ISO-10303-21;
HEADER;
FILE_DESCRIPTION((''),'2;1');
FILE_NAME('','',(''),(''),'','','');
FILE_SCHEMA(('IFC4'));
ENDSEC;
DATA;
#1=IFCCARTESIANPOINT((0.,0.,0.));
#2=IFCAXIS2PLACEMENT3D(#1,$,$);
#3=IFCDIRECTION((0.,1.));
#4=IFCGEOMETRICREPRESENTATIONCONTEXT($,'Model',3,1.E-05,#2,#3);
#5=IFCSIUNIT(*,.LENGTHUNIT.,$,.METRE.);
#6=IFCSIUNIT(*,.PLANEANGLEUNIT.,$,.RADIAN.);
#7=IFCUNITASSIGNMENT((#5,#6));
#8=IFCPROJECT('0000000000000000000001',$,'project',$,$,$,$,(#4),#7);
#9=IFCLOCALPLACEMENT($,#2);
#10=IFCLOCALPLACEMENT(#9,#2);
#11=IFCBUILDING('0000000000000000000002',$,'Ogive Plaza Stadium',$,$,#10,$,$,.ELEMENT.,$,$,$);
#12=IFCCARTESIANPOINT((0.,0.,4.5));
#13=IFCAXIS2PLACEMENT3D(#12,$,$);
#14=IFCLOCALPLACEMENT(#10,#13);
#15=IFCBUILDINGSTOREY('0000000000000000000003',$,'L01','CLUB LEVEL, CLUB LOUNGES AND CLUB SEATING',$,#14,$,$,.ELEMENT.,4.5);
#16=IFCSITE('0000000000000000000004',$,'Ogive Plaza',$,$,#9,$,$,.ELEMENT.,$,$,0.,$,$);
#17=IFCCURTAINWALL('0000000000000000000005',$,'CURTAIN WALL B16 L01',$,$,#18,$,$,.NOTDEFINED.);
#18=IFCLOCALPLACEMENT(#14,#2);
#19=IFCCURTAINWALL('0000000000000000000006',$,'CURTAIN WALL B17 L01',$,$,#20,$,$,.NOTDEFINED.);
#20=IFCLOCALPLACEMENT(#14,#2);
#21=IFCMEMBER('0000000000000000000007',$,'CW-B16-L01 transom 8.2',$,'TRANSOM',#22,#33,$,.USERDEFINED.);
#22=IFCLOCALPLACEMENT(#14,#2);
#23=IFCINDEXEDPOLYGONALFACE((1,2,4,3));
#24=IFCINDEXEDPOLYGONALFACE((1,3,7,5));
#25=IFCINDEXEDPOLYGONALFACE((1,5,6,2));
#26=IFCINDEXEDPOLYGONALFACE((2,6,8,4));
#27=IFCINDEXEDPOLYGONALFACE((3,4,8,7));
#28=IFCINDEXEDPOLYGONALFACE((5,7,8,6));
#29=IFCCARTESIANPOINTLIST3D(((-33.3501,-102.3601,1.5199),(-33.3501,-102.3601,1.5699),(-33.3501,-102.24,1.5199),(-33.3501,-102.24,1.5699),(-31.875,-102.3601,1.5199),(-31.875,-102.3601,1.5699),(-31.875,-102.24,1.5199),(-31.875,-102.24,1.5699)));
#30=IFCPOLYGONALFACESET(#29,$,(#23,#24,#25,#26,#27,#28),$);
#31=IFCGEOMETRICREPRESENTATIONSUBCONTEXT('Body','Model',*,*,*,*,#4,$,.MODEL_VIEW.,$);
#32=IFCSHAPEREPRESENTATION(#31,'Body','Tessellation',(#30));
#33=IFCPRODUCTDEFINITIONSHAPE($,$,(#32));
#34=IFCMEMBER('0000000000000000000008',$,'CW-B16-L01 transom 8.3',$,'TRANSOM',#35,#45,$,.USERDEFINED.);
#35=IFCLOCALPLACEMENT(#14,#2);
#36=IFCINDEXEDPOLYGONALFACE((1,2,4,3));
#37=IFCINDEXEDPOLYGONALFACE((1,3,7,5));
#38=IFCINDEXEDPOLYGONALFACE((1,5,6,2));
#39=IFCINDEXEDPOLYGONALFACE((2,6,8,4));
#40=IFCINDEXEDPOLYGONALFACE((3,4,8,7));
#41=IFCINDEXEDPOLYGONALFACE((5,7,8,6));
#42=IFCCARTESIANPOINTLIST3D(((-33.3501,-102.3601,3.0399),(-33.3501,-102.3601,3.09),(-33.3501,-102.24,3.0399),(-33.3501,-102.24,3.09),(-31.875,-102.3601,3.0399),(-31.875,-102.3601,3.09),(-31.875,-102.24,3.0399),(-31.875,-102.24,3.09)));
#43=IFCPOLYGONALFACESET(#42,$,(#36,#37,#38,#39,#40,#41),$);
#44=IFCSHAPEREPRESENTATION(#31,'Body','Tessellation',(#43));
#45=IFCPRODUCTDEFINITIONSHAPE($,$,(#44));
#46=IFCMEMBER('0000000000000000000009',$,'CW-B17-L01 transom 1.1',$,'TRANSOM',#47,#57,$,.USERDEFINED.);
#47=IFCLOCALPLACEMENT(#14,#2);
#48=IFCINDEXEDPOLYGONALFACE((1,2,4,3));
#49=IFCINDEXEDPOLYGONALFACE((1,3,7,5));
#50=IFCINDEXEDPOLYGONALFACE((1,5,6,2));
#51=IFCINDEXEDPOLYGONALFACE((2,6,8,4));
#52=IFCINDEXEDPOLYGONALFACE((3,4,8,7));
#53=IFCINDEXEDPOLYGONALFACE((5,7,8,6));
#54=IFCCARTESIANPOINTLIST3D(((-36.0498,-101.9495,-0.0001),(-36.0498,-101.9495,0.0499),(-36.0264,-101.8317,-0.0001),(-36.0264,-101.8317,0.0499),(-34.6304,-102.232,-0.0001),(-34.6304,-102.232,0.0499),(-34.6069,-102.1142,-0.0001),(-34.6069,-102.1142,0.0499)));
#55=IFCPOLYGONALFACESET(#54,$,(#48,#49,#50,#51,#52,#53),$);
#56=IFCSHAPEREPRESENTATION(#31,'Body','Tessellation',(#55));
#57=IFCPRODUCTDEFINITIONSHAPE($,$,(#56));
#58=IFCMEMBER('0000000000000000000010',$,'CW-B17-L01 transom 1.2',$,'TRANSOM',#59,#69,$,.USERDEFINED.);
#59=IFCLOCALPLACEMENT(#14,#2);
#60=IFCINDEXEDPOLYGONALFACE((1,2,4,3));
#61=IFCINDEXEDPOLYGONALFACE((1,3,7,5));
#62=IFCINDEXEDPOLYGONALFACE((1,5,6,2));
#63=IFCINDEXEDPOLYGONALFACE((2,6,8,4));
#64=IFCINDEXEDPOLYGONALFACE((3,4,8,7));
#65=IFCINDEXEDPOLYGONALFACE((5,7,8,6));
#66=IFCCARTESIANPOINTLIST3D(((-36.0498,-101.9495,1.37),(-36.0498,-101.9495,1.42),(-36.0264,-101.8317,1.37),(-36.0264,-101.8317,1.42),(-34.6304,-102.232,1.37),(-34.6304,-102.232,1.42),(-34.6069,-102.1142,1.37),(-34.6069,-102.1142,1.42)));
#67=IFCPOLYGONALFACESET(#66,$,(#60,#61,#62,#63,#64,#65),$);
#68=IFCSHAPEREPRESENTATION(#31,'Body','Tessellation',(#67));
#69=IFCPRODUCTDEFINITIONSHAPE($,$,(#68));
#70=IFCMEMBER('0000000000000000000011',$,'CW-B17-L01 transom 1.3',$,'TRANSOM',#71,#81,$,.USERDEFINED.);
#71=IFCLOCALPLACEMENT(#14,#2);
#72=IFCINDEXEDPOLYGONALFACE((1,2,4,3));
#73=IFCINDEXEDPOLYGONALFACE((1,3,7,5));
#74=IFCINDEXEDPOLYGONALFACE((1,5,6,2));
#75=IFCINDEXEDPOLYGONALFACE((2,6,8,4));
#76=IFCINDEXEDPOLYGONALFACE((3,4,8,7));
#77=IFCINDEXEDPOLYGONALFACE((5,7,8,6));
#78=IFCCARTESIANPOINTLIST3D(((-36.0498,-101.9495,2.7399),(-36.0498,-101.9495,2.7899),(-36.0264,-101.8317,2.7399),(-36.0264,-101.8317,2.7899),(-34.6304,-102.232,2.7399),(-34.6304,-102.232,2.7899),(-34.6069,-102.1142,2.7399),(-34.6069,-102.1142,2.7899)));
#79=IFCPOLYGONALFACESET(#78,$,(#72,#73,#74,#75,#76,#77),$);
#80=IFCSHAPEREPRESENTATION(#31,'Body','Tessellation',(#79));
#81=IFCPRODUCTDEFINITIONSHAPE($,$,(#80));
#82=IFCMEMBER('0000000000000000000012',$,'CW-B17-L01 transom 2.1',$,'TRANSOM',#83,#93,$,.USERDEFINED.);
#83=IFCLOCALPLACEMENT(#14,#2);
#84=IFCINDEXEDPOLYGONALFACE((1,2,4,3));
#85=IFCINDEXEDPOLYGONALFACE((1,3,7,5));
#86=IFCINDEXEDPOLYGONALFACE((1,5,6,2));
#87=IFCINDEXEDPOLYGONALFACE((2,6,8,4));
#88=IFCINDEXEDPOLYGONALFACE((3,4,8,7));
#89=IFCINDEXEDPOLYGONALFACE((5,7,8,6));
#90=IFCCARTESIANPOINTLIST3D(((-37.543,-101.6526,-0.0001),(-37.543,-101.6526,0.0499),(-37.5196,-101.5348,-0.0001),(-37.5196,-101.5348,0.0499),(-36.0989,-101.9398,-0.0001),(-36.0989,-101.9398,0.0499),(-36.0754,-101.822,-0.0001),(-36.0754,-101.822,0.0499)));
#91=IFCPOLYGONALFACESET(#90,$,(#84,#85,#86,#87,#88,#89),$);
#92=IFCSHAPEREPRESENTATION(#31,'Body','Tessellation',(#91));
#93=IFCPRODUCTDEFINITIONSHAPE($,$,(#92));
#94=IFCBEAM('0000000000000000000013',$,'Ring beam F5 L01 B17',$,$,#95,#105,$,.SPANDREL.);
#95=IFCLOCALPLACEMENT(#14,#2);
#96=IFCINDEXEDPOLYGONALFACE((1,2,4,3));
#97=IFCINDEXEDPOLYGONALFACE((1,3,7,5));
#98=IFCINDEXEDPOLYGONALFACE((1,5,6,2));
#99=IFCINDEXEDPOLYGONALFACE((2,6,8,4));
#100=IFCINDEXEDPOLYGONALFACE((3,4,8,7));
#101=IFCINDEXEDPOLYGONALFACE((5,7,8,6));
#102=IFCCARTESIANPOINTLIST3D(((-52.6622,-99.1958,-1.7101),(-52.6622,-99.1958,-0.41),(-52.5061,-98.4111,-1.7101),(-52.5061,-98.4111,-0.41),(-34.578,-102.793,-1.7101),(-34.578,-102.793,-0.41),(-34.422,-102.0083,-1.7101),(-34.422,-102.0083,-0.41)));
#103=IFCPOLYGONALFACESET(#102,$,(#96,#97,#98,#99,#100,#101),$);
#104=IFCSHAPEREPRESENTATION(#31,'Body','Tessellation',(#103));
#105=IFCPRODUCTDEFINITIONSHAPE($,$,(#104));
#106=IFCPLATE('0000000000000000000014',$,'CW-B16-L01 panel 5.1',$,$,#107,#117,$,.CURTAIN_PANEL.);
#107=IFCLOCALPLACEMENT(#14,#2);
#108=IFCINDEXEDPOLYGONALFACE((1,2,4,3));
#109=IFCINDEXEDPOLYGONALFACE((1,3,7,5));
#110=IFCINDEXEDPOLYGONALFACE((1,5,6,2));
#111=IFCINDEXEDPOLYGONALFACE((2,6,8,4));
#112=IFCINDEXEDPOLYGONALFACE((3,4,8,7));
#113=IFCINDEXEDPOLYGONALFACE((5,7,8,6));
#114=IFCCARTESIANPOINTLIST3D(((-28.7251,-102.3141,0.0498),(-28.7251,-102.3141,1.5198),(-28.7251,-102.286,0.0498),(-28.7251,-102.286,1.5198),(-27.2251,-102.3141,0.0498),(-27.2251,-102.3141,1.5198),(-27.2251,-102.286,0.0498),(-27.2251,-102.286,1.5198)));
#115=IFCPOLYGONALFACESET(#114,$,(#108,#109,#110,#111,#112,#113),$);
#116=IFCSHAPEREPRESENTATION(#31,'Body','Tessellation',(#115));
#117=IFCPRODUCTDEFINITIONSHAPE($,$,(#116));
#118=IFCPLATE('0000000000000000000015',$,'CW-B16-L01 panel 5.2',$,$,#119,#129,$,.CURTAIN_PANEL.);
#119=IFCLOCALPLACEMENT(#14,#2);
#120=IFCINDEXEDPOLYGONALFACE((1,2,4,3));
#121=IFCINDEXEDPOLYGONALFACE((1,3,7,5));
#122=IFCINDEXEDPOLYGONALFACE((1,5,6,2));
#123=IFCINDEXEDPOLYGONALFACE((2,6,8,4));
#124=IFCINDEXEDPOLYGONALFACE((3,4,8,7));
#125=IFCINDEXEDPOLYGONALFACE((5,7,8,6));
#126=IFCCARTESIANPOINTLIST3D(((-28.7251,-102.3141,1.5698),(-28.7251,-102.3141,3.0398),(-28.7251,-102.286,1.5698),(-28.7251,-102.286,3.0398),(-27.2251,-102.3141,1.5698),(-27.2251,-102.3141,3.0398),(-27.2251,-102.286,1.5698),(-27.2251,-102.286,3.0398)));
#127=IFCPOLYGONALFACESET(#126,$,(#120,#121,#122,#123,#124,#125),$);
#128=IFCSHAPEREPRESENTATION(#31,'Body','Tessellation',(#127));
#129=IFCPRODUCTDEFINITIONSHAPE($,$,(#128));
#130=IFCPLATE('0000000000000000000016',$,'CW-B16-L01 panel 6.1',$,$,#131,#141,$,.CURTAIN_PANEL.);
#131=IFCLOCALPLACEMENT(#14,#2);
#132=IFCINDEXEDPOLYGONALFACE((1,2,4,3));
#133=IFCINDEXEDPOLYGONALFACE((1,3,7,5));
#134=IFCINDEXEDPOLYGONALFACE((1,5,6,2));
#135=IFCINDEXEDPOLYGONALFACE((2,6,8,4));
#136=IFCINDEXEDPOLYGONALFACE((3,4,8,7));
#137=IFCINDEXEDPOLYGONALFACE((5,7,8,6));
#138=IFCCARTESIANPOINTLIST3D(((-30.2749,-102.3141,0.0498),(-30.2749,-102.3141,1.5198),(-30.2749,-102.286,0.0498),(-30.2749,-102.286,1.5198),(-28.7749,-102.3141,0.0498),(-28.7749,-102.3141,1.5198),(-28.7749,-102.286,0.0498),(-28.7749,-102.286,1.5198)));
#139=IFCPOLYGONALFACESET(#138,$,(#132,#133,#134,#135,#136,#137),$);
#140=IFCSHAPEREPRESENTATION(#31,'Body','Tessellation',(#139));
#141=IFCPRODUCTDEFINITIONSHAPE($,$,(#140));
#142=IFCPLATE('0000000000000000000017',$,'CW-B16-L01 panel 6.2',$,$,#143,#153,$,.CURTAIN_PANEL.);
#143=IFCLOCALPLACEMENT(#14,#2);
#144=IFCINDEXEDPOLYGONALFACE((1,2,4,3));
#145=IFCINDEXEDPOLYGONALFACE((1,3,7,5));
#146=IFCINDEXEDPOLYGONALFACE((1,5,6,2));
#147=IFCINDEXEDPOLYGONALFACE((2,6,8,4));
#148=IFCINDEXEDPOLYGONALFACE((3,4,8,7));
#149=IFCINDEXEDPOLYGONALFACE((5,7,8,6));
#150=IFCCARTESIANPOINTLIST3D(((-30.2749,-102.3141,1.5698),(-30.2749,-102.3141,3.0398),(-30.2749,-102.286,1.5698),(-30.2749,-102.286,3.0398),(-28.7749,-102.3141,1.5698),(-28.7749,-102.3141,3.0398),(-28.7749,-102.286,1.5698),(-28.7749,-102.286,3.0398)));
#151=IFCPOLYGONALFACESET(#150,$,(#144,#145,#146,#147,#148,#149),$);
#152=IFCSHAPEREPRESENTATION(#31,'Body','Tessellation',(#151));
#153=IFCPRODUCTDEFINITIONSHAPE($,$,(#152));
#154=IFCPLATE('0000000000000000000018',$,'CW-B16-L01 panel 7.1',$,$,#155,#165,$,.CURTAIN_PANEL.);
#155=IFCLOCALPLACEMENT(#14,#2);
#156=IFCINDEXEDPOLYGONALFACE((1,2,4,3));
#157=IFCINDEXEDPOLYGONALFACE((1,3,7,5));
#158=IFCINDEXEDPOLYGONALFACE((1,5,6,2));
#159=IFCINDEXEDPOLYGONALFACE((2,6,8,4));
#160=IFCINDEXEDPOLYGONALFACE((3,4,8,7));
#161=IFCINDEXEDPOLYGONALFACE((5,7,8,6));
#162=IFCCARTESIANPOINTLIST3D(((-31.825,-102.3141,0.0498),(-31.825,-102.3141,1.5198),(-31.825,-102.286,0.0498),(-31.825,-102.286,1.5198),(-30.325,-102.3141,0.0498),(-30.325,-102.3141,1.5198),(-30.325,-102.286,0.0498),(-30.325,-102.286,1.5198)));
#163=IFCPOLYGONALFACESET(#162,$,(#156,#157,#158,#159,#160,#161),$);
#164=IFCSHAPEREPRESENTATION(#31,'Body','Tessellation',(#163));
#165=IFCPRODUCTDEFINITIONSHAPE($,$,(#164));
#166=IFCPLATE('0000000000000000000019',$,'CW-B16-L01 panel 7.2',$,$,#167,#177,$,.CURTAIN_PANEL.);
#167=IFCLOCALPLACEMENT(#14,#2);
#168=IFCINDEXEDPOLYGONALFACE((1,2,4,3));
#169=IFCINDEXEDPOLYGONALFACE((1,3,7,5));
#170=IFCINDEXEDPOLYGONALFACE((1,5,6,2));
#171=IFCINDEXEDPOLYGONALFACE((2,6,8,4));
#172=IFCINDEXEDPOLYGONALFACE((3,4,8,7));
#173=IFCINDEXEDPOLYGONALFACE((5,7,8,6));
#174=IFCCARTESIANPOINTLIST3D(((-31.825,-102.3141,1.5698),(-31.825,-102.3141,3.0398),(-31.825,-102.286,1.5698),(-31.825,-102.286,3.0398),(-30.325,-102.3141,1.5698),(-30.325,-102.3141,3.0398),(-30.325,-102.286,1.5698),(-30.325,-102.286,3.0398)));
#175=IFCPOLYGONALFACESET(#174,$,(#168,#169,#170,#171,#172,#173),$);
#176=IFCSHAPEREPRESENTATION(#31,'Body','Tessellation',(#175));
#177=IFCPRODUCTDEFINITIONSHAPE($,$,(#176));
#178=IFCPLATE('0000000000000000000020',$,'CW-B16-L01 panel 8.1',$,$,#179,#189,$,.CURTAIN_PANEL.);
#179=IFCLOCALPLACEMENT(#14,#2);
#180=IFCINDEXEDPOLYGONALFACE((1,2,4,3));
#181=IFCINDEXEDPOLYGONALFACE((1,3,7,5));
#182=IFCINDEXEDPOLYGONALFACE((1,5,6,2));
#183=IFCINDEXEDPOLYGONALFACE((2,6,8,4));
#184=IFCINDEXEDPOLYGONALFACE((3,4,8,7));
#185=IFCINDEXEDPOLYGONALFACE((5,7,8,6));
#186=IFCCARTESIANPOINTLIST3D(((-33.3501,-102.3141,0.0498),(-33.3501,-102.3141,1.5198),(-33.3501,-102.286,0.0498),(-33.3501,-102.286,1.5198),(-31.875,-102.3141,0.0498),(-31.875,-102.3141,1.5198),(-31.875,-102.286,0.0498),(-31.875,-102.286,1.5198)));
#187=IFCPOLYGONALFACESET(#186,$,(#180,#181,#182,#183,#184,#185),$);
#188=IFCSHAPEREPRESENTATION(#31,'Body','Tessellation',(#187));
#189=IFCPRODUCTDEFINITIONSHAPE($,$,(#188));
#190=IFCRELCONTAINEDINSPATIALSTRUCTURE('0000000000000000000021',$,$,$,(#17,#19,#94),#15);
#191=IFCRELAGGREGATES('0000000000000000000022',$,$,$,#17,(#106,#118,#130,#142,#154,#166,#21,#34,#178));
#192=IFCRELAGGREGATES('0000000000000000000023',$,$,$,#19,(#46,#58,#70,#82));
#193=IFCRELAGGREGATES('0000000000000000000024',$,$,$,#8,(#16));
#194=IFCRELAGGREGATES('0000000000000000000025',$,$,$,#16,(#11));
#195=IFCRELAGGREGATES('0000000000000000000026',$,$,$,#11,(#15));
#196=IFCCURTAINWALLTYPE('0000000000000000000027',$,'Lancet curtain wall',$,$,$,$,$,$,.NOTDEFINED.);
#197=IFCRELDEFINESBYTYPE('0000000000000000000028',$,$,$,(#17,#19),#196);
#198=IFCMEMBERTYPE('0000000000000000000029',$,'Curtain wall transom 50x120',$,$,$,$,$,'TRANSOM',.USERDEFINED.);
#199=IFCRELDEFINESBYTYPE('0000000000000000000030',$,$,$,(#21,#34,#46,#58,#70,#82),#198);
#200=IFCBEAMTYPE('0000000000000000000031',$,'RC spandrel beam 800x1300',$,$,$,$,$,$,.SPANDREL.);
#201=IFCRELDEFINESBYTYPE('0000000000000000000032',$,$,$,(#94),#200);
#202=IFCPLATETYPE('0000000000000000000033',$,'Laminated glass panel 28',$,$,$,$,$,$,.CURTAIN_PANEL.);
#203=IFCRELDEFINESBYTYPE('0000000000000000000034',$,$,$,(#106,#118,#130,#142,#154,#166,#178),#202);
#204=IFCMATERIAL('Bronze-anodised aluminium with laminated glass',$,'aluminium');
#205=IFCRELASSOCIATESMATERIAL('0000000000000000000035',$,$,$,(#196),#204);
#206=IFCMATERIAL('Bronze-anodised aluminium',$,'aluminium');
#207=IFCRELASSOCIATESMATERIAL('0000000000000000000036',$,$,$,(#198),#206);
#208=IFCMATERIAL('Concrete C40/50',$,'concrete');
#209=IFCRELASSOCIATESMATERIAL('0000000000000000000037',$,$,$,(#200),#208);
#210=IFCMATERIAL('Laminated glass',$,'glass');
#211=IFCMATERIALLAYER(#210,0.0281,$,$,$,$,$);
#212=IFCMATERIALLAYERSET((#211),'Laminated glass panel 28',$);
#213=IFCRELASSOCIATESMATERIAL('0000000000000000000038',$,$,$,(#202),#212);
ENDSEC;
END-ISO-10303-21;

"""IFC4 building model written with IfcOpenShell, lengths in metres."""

from ifc_helpers import new_model, si_unit, direction, frame, origin, origin_2d, place, context, subcontext, project, spatial, rectangle, extrude, material, layer, layer_set, material_profile, profile_set, type_object, element, aggregate, save


model = new_model("IFC4")

# Units and contexts
model_context = context("Model", 3, precision=1e-05, world=origin(), true_north=direction((0.0, 1.0)))
body_context = subcontext(model_context, "Body", "Model", "MODEL_VIEW")
ifc_project = project(units=[si_unit("LENGTHUNIT", "METRE"), si_unit("PLANEANGLEUNIT", "RADIAN")], contexts=[model_context])

# Site, building, storey
site_placement = place(None, origin())
site = spatial("IfcSite", under=ifc_project, at=site_placement, Name="Ogive Plaza", CompositionType="ELEMENT", RefElevation=0.0)
building_placement = place(site_placement, origin())
building = spatial("IfcBuilding", under=site, at=building_placement, Name="Ogive Plaza Stadium", CompositionType="ELEMENT")
storey_placement = place(building_placement, frame((0.0, 0.0, 4.5)))
storey = spatial("IfcBuildingStorey", under=building, at=storey_placement, Name="L01", Description="CLUB LEVEL, CLUB LOUNGES AND CLUB SEATING", CompositionType="ELEMENT", Elevation=4.5)

# Curtain walls
ifc_material_1 = material(Name="Bronze-anodised aluminium with laminated glass", Category="aluminium")
curtain_wall_type = type_object("IfcCurtainWallType", Name="Lancet curtain wall", PredefinedType="NOTDEFINED", material=ifc_material_1)
curtain_wall_1_placement = place(storey_placement, origin())
curtain_wall_1 = element("IfcCurtainWall", 1, at=curtain_wall_1_placement, inside=storey, type_object=curtain_wall_type, Name="CURTAIN WALL B16 L01", PredefinedType="NOTDEFINED")
curtain_wall_2_placement = place(storey_placement, origin())
curtain_wall_2 = element("IfcCurtainWall", 2, at=curtain_wall_2_placement, inside=storey, type_object=curtain_wall_type, Name="CURTAIN WALL B17 L01", PredefinedType="NOTDEFINED")

# Members
ifc_material_2 = material(Name="Bronze-anodised aluminium", Category="aluminium")
ifc_material_profile_1 = material_profile(ifc_material_2, rectangle(XDim=0.1201, YDim=0.05, at=origin_2d()), Name="AL 120x50")
ifc_profile_set_1 = profile_set([ifc_material_profile_1], Name="Bronze-anodised aluminium")
member_type_1 = type_object("IfcMemberType", Name="Curtain wall transom 50x120", ElementType="TRANSOM", PredefinedType="USERDEFINED", material=ifc_profile_set_1)
member_1_placement = place(storey_placement, frame((-31.875, -102.3, 1.5449), z_axis=(-1.0, 0.0, 0.0), x_axis=(0.0, -1.0, 0.0)))
member_1 = element("IfcMember", 3, at=member_1_placement, type_object=member_type_1, Name="CW-B16-L01 transom 8.2", ObjectType="TRANSOM", PredefinedType="USERDEFINED", context=body_context, shape_type="SweptSolid", body=[
    extrude(rectangle(XDim=0.1201, YDim=0.05, at=origin_2d()), origin(), (0.0, 0.0, 1.0), 1.4751),
])
member_2_placement = place(storey_placement, frame((-31.875, -102.3, 3.0649), z_axis=(-1.0, 0.0, 0.0), x_axis=(0.0, -1.0, 0.0)))
member_2 = element("IfcMember", 4, at=member_2_placement, type_object=member_type_1, Name="CW-B16-L01 transom 8.3", ObjectType="TRANSOM", PredefinedType="USERDEFINED", context=body_context, shape_type="SweptSolid", body=[
    extrude(rectangle(XDim=0.1201, YDim=0.05, at=origin_2d()), origin(), (0.0, 0.0, 1.0), 1.4751),
])
member_3_placement = place(storey_placement, frame((-34.6187, -102.1731, 0.0249), z_axis=(-0.980768, 0.195175, 0.0), x_axis=(-0.195175, -0.980768, 0.0)))
member_3 = element("IfcMember", 5, at=member_3_placement, type_object=member_type_1, Name="CW-B17-L01 transom 1.1", ObjectType="TRANSOM", PredefinedType="USERDEFINED", context=body_context, shape_type="SweptSolid", body=[
    extrude(rectangle(XDim=0.1201, YDim=0.05, at=origin_2d()), origin(), (0.0, 0.0, 1.0), 1.4473),
])
member_4_placement = place(storey_placement, frame((-34.6187, -102.1731, 1.395), z_axis=(-0.980768, 0.195175, 0.0), x_axis=(-0.195175, -0.980768, 0.0)))
member_4 = element("IfcMember", 6, at=member_4_placement, type_object=member_type_1, Name="CW-B17-L01 transom 1.2", ObjectType="TRANSOM", PredefinedType="USERDEFINED", context=body_context, shape_type="SweptSolid", body=[
    extrude(rectangle(XDim=0.1201, YDim=0.05, at=origin_2d()), origin(), (0.0, 0.0, 1.0), 1.4473),
])
member_5_placement = place(storey_placement, frame((-34.6187, -102.1731, 2.7649), z_axis=(-0.980768, 0.195175, 0.0), x_axis=(-0.195175, -0.980768, 0.0)))
member_5 = element("IfcMember", 7, at=member_5_placement, type_object=member_type_1, Name="CW-B17-L01 transom 1.3", ObjectType="TRANSOM", PredefinedType="USERDEFINED", context=body_context, shape_type="SweptSolid", body=[
    extrude(rectangle(XDim=0.1201, YDim=0.05, at=origin_2d()), origin(), (0.0, 0.0, 1.0), 1.4473),
])
member_6_placement = place(storey_placement, frame((-36.0872, -101.8809, 0.0249), z_axis=(-0.980803, 0.195, 0.0), x_axis=(-0.195, -0.980803, 0.0)))
member_6 = element("IfcMember", 8, at=member_6_placement, type_object=member_type_1, Name="CW-B17-L01 transom 2.1", ObjectType="TRANSOM", PredefinedType="USERDEFINED", context=body_context, shape_type="SweptSolid", body=[
    extrude(rectangle(XDim=0.1201, YDim=0.05, at=origin_2d()), origin(), (0.0, 0.0, 1.0), 1.4724),
])

# Beam
ifc_material_3 = material(Name="Concrete C40/50", Category="concrete")
ifc_material_profile_2 = material_profile(ifc_material_3, rectangle(XDim=0.8, YDim=1.3, at=origin_2d()), Name="RC 800x1300")
ifc_profile_set_2 = profile_set([ifc_material_profile_2], Name="Concrete C40/50")
beam_type = type_object("IfcBeamType", Name="RC spandrel beam 800x1300", PredefinedType="SPANDREL", material=ifc_profile_set_2)
beam_placement = place(storey_placement, frame((-34.5, -102.4006, -1.0601), z_axis=(-0.980785, 0.19509, 0.0), x_axis=(-0.19509, -0.980785, 0.0)))
element("IfcBeam", 9, at=beam_placement, inside=storey, type_object=beam_type, Name="Ring beam F5 L01 B17", PredefinedType="SPANDREL", context=body_context, shape_type="SweptSolid", body=[
    extrude(rectangle(XDim=0.8, YDim=1.3, at=origin_2d()), origin(), (0.0, 0.0, 1.0), 18.4385),
])

# Plates
ifc_material_4 = material(Name="Laminated glass", Category="glass")
ifc_layer = layer(ifc_material_4, 0.0281)
ifc_layer_set = layer_set([ifc_layer], Name="Laminated glass panel 28")
plate_type = type_object("IfcPlateType", Name="Laminated glass panel 28", PredefinedType="CURTAIN_PANEL", material=ifc_layer_set)
plate_1_placement = place(storey_placement, frame((-27.9751, -102.3, 0.0498), z_axis=(0.0, 0.0, 1.0), x_axis=(-1.0, 0.0, 0.0)))
plate_1 = element("IfcPlate", 10, at=plate_1_placement, type_object=plate_type, Name="CW-B16-L01 panel 5.1", PredefinedType="CURTAIN_PANEL", context=body_context, shape_type="SweptSolid", body=[
    extrude(rectangle(XDim=1.5, YDim=0.0281, at=origin_2d()), origin(), (0.0, 0.0, 1.0), 1.47),
])
plate_2_placement = place(storey_placement, frame((-27.9751, -102.3, 1.5698), z_axis=(0.0, 0.0, 1.0), x_axis=(-1.0, 0.0, 0.0)))
plate_2 = element("IfcPlate", 11, at=plate_2_placement, type_object=plate_type, Name="CW-B16-L01 panel 5.2", PredefinedType="CURTAIN_PANEL", context=body_context, shape_type="SweptSolid", body=[
    extrude(rectangle(XDim=1.5, YDim=0.0281, at=origin_2d()), origin(), (0.0, 0.0, 1.0), 1.47),
])
plate_3_placement = place(storey_placement, frame((-29.5249, -102.3, 0.0498), z_axis=(0.0, 0.0, 1.0), x_axis=(-1.0, 0.0, 0.0)))
plate_3 = element("IfcPlate", 12, at=plate_3_placement, type_object=plate_type, Name="CW-B16-L01 panel 6.1", PredefinedType="CURTAIN_PANEL", context=body_context, shape_type="SweptSolid", body=[
    extrude(rectangle(XDim=1.5, YDim=0.0281, at=origin_2d()), origin(), (0.0, 0.0, 1.0), 1.47),
])
plate_4_placement = place(storey_placement, frame((-29.5249, -102.3, 1.5698), z_axis=(0.0, 0.0, 1.0), x_axis=(-1.0, 0.0, 0.0)))
plate_4 = element("IfcPlate", 13, at=plate_4_placement, type_object=plate_type, Name="CW-B16-L01 panel 6.2", PredefinedType="CURTAIN_PANEL", context=body_context, shape_type="SweptSolid", body=[
    extrude(rectangle(XDim=1.5, YDim=0.0281, at=origin_2d()), origin(), (0.0, 0.0, 1.0), 1.47),
])
plate_5_placement = place(storey_placement, frame((-31.075, -102.3, 0.0498), z_axis=(0.0, 0.0, 1.0), x_axis=(-1.0, 0.0, 0.0)))
plate_5 = element("IfcPlate", 14, at=plate_5_placement, type_object=plate_type, Name="CW-B16-L01 panel 7.1", PredefinedType="CURTAIN_PANEL", context=body_context, shape_type="SweptSolid", body=[
    extrude(rectangle(XDim=1.5, YDim=0.0281, at=origin_2d()), origin(), (0.0, 0.0, 1.0), 1.47),
])
plate_6_placement = place(storey_placement, frame((-31.075, -102.3, 1.5698), z_axis=(0.0, 0.0, 1.0), x_axis=(-1.0, 0.0, 0.0)))
plate_6 = element("IfcPlate", 15, at=plate_6_placement, type_object=plate_type, Name="CW-B16-L01 panel 7.2", PredefinedType="CURTAIN_PANEL", context=body_context, shape_type="SweptSolid", body=[
    extrude(rectangle(XDim=1.5, YDim=0.0281, at=origin_2d()), origin(), (0.0, 0.0, 1.0), 1.47),
])
plate_7_placement = place(storey_placement, frame((-32.6125, -102.3, 0.0498), z_axis=(0.0, 0.0, 1.0), x_axis=(-1.0, 0.0, 0.0)))
plate_7 = element("IfcPlate", 16, at=plate_7_placement, type_object=plate_type, Name="CW-B16-L01 panel 8.1", PredefinedType="CURTAIN_PANEL", context=body_context, shape_type="SweptSolid", body=[
    extrude(rectangle(XDim=1.4751, YDim=0.0281, at=origin_2d()), origin(), (0.0, 0.0, 1.0), 1.47),
])
aggregate(curtain_wall_1, [plate_1, plate_2, plate_3, plate_4, plate_5, plate_6, member_1, member_2, plate_7])
aggregate(curtain_wall_2, [member_3, member_4, member_5, member_6])

save(model, "model.ifc")
